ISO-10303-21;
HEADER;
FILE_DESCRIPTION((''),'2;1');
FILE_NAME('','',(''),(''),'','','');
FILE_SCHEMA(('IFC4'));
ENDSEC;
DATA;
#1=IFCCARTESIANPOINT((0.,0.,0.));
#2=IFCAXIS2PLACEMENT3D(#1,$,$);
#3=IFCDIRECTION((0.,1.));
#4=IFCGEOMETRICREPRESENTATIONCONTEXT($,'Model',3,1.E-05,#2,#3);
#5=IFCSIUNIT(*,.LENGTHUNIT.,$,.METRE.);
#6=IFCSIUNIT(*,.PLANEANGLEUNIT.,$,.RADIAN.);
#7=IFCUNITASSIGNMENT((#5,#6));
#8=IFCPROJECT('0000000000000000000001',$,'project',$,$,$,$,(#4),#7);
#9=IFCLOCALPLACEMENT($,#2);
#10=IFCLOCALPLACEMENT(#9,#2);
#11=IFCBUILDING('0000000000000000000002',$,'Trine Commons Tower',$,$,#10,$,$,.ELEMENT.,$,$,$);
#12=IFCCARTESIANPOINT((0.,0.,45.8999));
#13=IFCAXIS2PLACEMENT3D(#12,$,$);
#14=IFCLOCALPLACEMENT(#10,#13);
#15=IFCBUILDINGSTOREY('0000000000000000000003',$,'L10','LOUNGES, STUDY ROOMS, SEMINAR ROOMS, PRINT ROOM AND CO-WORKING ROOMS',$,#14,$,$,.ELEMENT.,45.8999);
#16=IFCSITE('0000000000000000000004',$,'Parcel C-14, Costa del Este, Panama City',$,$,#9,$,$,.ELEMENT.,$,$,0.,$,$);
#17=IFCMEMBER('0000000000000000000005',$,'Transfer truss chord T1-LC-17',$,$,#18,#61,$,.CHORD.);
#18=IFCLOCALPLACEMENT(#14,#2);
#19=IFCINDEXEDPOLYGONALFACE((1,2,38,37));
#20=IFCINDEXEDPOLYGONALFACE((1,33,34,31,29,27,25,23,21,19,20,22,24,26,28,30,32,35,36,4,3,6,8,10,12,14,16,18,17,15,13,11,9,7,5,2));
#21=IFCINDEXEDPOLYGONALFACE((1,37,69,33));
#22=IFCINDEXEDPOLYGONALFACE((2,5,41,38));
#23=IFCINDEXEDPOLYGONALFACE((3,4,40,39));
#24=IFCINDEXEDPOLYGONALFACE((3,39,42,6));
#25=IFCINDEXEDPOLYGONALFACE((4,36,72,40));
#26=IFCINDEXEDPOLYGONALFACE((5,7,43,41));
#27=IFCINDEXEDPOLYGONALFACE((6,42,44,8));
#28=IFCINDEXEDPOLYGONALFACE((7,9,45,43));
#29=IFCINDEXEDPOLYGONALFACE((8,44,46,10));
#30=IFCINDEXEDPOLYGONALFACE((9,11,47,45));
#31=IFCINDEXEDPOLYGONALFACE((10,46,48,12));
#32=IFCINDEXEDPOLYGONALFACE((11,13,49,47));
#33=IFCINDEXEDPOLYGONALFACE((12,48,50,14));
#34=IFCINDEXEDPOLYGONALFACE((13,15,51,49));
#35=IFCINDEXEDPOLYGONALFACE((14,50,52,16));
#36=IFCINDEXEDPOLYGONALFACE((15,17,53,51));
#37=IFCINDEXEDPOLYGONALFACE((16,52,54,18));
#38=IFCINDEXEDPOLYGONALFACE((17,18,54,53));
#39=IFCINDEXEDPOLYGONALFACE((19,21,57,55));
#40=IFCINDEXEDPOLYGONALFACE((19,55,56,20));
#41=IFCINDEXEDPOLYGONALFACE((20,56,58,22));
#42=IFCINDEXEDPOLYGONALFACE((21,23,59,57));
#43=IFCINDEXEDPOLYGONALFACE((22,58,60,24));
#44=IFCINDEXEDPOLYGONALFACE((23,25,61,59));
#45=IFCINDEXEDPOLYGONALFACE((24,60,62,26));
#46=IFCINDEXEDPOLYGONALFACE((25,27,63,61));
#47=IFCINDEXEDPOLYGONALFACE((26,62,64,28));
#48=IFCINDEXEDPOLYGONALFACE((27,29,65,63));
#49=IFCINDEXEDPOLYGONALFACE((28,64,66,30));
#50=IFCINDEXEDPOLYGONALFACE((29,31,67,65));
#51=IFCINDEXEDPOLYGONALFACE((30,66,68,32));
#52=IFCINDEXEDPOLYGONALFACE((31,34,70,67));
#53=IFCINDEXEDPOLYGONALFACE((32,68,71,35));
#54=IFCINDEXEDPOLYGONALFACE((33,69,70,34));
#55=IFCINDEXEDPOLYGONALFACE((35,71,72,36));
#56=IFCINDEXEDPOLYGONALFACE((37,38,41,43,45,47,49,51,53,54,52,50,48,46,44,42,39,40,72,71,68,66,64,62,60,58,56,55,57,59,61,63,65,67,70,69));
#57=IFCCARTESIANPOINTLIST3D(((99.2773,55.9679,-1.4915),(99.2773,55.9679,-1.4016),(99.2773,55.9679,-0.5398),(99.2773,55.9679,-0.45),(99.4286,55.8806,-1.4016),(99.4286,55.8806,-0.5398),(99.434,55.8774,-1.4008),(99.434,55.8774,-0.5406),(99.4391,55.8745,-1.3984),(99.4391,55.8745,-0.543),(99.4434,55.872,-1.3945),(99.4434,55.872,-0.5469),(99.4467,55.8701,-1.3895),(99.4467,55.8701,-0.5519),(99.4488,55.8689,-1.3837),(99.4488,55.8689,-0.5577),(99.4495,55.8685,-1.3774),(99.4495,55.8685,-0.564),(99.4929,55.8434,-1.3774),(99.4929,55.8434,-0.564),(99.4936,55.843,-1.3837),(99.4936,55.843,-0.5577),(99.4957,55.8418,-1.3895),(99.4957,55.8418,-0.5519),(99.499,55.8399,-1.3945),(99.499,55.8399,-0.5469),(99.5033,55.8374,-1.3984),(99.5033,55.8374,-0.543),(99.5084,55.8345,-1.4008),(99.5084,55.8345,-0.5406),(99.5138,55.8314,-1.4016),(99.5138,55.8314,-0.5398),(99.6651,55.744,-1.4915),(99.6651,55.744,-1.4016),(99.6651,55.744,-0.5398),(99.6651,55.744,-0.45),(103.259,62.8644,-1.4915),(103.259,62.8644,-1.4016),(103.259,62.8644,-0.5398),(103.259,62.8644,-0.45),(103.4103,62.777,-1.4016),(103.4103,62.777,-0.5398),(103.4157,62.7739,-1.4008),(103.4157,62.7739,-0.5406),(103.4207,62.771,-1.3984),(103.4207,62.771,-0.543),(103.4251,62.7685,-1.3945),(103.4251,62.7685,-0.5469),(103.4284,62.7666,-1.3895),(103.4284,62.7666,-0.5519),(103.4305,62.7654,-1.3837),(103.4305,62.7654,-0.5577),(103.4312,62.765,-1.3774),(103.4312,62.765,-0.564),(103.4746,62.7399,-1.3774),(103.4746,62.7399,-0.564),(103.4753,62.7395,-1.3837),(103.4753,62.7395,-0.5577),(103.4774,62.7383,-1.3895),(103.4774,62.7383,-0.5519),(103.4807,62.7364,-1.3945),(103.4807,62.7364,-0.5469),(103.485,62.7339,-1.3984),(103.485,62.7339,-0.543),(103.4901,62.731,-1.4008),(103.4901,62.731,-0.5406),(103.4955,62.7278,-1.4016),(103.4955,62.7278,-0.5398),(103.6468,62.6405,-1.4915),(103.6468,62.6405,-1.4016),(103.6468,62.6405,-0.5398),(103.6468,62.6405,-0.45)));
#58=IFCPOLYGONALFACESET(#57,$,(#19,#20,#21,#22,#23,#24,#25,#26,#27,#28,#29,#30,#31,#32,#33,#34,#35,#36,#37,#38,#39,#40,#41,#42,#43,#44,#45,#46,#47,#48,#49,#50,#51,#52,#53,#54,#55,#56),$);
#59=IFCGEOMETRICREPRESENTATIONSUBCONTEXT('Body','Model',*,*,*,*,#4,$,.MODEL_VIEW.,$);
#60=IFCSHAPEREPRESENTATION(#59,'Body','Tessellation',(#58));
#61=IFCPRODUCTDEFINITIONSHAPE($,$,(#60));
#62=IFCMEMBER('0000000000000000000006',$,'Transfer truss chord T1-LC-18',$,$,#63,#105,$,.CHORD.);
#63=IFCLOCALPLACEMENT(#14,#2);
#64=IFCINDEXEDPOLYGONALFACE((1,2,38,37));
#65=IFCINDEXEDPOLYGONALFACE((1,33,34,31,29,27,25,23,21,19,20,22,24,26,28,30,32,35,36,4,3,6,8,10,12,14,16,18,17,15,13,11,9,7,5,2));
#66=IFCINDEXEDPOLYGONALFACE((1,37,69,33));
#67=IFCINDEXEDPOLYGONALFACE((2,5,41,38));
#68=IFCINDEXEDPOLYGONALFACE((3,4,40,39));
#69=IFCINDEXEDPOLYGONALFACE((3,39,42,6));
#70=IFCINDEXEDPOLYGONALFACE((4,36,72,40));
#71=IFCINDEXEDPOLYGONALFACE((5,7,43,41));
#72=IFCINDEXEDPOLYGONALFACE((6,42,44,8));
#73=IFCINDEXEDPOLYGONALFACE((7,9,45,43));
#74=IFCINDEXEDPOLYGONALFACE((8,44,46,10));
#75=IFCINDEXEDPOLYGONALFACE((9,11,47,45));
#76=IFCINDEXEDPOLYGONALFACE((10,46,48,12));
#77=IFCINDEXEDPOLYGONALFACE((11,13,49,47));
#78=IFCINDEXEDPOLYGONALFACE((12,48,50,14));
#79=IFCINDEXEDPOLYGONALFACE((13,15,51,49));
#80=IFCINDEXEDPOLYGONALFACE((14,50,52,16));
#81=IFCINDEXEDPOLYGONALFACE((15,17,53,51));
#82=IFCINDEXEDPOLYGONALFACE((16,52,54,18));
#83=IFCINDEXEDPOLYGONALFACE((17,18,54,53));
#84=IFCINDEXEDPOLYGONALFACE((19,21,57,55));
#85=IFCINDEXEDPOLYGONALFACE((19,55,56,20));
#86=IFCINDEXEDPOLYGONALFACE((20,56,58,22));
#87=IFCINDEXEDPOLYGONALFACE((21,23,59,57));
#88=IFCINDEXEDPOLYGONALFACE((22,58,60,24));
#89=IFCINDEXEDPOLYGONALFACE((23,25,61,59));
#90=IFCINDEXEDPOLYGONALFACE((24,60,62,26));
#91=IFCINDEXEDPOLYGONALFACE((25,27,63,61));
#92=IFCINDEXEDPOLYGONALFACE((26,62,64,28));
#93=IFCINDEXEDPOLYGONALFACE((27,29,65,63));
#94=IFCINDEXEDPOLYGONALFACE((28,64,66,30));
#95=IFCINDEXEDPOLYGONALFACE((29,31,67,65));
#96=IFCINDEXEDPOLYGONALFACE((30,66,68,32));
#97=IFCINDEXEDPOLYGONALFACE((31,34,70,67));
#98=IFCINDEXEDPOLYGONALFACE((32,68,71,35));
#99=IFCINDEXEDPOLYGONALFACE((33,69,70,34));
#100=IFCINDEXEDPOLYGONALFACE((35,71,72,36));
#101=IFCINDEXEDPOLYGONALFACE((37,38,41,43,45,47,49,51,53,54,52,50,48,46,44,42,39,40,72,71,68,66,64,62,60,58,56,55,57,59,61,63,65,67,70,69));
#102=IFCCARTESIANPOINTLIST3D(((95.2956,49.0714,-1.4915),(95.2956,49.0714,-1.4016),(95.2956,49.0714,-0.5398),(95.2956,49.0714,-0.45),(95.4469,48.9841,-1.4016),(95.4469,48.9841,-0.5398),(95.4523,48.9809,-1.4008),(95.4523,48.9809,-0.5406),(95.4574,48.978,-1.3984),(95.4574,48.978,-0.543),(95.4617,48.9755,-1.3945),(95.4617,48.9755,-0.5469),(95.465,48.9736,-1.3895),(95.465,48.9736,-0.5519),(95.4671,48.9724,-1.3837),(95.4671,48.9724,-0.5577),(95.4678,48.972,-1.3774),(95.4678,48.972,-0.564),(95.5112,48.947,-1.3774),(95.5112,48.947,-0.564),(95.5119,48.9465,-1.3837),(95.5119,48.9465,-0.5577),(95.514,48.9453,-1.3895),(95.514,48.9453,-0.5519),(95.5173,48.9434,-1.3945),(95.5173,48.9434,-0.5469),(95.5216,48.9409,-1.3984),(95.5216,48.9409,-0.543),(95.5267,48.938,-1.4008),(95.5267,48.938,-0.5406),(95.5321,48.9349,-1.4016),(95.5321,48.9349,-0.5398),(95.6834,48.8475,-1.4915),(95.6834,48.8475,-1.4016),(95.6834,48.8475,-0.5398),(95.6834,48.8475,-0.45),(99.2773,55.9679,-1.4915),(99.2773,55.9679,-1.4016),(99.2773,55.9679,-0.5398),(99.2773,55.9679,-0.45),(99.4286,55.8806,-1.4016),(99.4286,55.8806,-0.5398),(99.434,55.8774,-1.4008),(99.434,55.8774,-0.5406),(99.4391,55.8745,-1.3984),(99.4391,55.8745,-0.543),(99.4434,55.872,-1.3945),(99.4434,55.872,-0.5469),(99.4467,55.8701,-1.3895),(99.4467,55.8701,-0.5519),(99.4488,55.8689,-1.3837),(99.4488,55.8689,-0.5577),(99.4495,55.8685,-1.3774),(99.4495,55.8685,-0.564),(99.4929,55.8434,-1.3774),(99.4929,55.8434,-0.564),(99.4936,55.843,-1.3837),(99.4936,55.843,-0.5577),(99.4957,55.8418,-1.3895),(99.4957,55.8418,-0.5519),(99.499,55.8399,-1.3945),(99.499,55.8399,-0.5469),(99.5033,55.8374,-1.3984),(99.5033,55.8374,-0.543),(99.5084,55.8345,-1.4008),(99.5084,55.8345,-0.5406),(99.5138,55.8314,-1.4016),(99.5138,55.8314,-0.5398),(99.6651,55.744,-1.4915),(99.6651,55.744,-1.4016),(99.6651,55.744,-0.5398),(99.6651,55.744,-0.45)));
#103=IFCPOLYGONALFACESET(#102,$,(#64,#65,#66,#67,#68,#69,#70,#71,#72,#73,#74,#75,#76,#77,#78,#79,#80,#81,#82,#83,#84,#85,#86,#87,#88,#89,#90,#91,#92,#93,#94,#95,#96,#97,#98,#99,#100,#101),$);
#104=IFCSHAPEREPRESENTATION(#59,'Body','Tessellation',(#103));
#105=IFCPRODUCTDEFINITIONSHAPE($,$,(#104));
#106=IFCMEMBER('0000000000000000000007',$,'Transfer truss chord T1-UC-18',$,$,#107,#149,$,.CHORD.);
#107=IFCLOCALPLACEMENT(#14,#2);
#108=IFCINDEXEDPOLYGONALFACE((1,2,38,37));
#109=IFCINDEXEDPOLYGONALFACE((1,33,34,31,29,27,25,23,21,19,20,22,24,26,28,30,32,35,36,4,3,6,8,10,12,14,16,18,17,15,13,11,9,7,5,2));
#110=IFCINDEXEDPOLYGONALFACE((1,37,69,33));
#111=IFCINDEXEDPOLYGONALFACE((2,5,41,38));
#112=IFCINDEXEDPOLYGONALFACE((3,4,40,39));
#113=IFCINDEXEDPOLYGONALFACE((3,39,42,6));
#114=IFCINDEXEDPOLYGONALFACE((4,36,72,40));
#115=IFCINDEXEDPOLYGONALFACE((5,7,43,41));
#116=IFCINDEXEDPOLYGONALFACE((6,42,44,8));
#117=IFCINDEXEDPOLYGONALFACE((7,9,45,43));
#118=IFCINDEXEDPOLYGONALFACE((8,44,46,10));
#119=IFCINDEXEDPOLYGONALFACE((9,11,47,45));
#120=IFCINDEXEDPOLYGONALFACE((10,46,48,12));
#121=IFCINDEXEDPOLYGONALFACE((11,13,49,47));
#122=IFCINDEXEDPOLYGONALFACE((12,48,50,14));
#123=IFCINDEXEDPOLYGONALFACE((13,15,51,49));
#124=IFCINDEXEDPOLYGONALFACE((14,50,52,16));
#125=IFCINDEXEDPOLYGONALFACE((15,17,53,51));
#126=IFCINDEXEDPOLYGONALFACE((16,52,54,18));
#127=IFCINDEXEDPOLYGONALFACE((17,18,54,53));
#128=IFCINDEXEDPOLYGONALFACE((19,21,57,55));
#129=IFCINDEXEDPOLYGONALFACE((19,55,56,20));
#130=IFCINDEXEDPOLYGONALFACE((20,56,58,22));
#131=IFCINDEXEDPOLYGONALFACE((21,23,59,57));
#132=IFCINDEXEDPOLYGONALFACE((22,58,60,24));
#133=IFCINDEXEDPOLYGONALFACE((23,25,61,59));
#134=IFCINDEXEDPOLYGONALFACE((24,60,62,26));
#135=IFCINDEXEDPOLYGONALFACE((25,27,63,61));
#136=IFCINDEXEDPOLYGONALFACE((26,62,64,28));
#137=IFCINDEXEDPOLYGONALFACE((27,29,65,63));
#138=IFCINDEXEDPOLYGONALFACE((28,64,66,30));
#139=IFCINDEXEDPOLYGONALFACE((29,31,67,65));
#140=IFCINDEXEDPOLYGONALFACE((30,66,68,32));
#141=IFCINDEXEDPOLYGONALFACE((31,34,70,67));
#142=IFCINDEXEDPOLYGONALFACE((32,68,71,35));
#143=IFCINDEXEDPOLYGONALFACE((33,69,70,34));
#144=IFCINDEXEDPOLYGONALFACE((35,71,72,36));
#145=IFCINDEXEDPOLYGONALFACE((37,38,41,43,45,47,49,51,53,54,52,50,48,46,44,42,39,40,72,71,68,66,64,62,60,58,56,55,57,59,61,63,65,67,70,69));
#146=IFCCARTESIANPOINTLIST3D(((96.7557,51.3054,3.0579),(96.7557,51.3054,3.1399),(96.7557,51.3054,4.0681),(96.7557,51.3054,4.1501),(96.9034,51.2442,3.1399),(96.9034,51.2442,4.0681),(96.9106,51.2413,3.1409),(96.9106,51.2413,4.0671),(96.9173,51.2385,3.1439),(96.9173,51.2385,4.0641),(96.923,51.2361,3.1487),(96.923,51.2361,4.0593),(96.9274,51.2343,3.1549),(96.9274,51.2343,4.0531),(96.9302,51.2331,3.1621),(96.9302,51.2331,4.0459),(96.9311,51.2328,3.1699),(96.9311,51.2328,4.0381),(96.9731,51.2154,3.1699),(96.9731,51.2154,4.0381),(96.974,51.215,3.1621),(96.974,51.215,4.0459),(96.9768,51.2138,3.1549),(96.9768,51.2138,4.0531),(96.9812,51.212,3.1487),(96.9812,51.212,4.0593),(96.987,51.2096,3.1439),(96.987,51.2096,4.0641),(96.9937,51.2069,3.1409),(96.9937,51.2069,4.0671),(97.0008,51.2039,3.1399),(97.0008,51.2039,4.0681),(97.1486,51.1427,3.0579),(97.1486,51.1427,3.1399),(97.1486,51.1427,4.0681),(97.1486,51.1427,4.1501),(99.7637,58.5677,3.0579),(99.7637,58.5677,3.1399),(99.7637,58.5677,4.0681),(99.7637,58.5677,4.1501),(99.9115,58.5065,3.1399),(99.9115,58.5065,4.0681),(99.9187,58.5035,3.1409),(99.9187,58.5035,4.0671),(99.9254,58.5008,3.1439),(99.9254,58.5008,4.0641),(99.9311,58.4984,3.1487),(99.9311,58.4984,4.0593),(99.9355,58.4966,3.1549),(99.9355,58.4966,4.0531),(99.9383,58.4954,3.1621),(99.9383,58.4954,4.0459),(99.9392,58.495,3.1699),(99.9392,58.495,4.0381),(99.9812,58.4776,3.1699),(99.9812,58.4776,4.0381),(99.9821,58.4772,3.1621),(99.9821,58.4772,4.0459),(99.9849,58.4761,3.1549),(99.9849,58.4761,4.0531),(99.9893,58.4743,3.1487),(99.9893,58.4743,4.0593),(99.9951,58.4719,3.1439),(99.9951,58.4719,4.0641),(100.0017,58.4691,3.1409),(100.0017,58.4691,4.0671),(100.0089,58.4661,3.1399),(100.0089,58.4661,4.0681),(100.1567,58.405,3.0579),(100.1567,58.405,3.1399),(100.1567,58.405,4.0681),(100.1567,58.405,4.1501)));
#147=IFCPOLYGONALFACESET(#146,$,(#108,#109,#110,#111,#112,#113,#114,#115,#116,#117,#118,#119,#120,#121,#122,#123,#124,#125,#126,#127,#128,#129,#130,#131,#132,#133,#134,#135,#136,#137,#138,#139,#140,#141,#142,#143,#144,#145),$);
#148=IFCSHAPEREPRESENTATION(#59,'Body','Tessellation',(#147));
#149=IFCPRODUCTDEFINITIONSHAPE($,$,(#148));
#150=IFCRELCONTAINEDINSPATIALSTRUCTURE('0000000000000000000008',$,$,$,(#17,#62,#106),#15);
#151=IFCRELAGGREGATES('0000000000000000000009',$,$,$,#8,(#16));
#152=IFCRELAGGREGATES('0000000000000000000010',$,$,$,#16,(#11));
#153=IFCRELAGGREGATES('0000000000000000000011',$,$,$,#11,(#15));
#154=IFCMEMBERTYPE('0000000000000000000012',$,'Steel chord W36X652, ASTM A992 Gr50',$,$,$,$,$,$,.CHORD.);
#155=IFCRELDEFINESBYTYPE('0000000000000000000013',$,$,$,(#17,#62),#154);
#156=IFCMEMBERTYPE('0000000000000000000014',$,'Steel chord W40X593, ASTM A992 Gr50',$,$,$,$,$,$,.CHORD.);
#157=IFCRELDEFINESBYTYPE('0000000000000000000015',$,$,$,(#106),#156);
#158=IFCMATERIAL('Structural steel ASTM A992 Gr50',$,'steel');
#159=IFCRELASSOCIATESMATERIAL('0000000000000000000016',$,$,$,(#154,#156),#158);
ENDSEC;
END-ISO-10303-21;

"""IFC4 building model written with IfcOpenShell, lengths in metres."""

from ifc_helpers import new_model, si_unit, direction, frame, origin, origin_2d, place, context, subcontext, project, spatial, i_section, extrude, material, material_profile, profile_set, type_object, element, save


model = new_model("IFC4")

# Units and contexts
model_context = context("Model", 3, precision=1e-05, world=origin(), true_north=direction((0.0, 1.0)))
body_context = subcontext(model_context, "Body", "Model", "MODEL_VIEW")
ifc_project = project(units=[si_unit("LENGTHUNIT", "METRE"), si_unit("PLANEANGLEUNIT", "RADIAN")], contexts=[model_context])

# Site, building, storey
site_placement = place(None, origin())
site = spatial("IfcSite", under=ifc_project, at=site_placement, Name="Parcel C-14, Costa del Este, Panama City", CompositionType="ELEMENT", RefElevation=0.0)
building_placement = place(site_placement, origin())
building = spatial("IfcBuilding", under=site, at=building_placement, Name="Trine Commons Tower", CompositionType="ELEMENT")
storey_placement = place(building_placement, frame((0.0, 0.0, 45.8999)))
storey = spatial("IfcBuildingStorey", under=building, at=storey_placement, Name="L10", Description="LOUNGES, STUDY ROOMS, SEMINAR ROOMS, PRINT ROOM AND CO-WORKING ROOMS", CompositionType="ELEMENT", Elevation=45.8999)

# Members
ifc_material_1 = material(Name="Structural steel ASTM A992 Gr50", Category="steel")
ifc_material_profile_1 = material_profile(ifc_material_1, i_section(OverallWidth=0.4478, OverallDepth=1.0415, WebThickness=0.05, FlangeThickness=0.0898, FilletRadius=0.0242, at=origin_2d()), Name="W36X652")
ifc_profile_set_1 = profile_set([ifc_material_profile_1], Name="Structural steel ASTM A992 Gr50")
member_type_1 = type_object("IfcMemberType", Name="Steel chord W36X652, ASTM A992 Gr50", PredefinedType="CHORD", material=ifc_profile_set_1)
for number, where, z_axis, x_axis, name in (
    (1, (103.4529, 62.7524, -0.9707), (-0.5, -0.866025, 0.0), (0.866025, -0.5, 0.0), "Transfer truss chord T1-LC-17"),
    (2, (99.4712, 55.856, -0.9707), (-0.5, -0.866025, 0.0), (0.866025, -0.5, 0.0), "Transfer truss chord T1-LC-18"),
):
    element("IfcMember", number, at=place(storey_placement, frame(where, z_axis=z_axis, x_axis=x_axis)), inside=storey, type_object=member_type_1, Name=name, PredefinedType="CHORD", context=body_context, shape_type="SweptSolid", body=[
        extrude(i_section(OverallWidth=0.4478, OverallDepth=1.0415, WebThickness=0.05, FlangeThickness=0.0898, FilletRadius=0.0242, at=origin_2d()), origin(), (0.0, 0.0, 1.0), 7.9634),
    ])
ifc_material_profile_2 = material_profile(ifc_material_1, i_section(OverallWidth=0.4253, OverallDepth=1.0923, WebThickness=0.0454, FlangeThickness=0.082, FilletRadius=0.03, at=origin_2d()), Name="W40X593")
ifc_profile_set_2 = profile_set([ifc_material_profile_2], Name="Structural steel ASTM A992 Gr50")
member_type_2 = type_object("IfcMemberType", Name="Steel chord W40X593, ASTM A992 Gr50", PredefinedType="CHORD", material=ifc_profile_set_2)
member_1_placement = place(storey_placement, frame((99.9602, 58.4863, 3.604), z_axis=(-0.382678, -0.923882, 0.0), x_axis=(0.923882, -0.382678, 0.0)))
element("IfcMember", 3, at=member_1_placement, inside=storey, type_object=member_type_2, Name="Transfer truss chord T1-UC-18", PredefinedType="CHORD", context=body_context, shape_type="SweptSolid", body=[
    extrude(i_section(OverallWidth=0.4253, OverallDepth=1.0923, WebThickness=0.0454, FlangeThickness=0.082, FilletRadius=0.03, at=origin_2d()), origin(), (0.0, 0.0, 1.0), 7.8606),
])

save(model, "model.ifc")
